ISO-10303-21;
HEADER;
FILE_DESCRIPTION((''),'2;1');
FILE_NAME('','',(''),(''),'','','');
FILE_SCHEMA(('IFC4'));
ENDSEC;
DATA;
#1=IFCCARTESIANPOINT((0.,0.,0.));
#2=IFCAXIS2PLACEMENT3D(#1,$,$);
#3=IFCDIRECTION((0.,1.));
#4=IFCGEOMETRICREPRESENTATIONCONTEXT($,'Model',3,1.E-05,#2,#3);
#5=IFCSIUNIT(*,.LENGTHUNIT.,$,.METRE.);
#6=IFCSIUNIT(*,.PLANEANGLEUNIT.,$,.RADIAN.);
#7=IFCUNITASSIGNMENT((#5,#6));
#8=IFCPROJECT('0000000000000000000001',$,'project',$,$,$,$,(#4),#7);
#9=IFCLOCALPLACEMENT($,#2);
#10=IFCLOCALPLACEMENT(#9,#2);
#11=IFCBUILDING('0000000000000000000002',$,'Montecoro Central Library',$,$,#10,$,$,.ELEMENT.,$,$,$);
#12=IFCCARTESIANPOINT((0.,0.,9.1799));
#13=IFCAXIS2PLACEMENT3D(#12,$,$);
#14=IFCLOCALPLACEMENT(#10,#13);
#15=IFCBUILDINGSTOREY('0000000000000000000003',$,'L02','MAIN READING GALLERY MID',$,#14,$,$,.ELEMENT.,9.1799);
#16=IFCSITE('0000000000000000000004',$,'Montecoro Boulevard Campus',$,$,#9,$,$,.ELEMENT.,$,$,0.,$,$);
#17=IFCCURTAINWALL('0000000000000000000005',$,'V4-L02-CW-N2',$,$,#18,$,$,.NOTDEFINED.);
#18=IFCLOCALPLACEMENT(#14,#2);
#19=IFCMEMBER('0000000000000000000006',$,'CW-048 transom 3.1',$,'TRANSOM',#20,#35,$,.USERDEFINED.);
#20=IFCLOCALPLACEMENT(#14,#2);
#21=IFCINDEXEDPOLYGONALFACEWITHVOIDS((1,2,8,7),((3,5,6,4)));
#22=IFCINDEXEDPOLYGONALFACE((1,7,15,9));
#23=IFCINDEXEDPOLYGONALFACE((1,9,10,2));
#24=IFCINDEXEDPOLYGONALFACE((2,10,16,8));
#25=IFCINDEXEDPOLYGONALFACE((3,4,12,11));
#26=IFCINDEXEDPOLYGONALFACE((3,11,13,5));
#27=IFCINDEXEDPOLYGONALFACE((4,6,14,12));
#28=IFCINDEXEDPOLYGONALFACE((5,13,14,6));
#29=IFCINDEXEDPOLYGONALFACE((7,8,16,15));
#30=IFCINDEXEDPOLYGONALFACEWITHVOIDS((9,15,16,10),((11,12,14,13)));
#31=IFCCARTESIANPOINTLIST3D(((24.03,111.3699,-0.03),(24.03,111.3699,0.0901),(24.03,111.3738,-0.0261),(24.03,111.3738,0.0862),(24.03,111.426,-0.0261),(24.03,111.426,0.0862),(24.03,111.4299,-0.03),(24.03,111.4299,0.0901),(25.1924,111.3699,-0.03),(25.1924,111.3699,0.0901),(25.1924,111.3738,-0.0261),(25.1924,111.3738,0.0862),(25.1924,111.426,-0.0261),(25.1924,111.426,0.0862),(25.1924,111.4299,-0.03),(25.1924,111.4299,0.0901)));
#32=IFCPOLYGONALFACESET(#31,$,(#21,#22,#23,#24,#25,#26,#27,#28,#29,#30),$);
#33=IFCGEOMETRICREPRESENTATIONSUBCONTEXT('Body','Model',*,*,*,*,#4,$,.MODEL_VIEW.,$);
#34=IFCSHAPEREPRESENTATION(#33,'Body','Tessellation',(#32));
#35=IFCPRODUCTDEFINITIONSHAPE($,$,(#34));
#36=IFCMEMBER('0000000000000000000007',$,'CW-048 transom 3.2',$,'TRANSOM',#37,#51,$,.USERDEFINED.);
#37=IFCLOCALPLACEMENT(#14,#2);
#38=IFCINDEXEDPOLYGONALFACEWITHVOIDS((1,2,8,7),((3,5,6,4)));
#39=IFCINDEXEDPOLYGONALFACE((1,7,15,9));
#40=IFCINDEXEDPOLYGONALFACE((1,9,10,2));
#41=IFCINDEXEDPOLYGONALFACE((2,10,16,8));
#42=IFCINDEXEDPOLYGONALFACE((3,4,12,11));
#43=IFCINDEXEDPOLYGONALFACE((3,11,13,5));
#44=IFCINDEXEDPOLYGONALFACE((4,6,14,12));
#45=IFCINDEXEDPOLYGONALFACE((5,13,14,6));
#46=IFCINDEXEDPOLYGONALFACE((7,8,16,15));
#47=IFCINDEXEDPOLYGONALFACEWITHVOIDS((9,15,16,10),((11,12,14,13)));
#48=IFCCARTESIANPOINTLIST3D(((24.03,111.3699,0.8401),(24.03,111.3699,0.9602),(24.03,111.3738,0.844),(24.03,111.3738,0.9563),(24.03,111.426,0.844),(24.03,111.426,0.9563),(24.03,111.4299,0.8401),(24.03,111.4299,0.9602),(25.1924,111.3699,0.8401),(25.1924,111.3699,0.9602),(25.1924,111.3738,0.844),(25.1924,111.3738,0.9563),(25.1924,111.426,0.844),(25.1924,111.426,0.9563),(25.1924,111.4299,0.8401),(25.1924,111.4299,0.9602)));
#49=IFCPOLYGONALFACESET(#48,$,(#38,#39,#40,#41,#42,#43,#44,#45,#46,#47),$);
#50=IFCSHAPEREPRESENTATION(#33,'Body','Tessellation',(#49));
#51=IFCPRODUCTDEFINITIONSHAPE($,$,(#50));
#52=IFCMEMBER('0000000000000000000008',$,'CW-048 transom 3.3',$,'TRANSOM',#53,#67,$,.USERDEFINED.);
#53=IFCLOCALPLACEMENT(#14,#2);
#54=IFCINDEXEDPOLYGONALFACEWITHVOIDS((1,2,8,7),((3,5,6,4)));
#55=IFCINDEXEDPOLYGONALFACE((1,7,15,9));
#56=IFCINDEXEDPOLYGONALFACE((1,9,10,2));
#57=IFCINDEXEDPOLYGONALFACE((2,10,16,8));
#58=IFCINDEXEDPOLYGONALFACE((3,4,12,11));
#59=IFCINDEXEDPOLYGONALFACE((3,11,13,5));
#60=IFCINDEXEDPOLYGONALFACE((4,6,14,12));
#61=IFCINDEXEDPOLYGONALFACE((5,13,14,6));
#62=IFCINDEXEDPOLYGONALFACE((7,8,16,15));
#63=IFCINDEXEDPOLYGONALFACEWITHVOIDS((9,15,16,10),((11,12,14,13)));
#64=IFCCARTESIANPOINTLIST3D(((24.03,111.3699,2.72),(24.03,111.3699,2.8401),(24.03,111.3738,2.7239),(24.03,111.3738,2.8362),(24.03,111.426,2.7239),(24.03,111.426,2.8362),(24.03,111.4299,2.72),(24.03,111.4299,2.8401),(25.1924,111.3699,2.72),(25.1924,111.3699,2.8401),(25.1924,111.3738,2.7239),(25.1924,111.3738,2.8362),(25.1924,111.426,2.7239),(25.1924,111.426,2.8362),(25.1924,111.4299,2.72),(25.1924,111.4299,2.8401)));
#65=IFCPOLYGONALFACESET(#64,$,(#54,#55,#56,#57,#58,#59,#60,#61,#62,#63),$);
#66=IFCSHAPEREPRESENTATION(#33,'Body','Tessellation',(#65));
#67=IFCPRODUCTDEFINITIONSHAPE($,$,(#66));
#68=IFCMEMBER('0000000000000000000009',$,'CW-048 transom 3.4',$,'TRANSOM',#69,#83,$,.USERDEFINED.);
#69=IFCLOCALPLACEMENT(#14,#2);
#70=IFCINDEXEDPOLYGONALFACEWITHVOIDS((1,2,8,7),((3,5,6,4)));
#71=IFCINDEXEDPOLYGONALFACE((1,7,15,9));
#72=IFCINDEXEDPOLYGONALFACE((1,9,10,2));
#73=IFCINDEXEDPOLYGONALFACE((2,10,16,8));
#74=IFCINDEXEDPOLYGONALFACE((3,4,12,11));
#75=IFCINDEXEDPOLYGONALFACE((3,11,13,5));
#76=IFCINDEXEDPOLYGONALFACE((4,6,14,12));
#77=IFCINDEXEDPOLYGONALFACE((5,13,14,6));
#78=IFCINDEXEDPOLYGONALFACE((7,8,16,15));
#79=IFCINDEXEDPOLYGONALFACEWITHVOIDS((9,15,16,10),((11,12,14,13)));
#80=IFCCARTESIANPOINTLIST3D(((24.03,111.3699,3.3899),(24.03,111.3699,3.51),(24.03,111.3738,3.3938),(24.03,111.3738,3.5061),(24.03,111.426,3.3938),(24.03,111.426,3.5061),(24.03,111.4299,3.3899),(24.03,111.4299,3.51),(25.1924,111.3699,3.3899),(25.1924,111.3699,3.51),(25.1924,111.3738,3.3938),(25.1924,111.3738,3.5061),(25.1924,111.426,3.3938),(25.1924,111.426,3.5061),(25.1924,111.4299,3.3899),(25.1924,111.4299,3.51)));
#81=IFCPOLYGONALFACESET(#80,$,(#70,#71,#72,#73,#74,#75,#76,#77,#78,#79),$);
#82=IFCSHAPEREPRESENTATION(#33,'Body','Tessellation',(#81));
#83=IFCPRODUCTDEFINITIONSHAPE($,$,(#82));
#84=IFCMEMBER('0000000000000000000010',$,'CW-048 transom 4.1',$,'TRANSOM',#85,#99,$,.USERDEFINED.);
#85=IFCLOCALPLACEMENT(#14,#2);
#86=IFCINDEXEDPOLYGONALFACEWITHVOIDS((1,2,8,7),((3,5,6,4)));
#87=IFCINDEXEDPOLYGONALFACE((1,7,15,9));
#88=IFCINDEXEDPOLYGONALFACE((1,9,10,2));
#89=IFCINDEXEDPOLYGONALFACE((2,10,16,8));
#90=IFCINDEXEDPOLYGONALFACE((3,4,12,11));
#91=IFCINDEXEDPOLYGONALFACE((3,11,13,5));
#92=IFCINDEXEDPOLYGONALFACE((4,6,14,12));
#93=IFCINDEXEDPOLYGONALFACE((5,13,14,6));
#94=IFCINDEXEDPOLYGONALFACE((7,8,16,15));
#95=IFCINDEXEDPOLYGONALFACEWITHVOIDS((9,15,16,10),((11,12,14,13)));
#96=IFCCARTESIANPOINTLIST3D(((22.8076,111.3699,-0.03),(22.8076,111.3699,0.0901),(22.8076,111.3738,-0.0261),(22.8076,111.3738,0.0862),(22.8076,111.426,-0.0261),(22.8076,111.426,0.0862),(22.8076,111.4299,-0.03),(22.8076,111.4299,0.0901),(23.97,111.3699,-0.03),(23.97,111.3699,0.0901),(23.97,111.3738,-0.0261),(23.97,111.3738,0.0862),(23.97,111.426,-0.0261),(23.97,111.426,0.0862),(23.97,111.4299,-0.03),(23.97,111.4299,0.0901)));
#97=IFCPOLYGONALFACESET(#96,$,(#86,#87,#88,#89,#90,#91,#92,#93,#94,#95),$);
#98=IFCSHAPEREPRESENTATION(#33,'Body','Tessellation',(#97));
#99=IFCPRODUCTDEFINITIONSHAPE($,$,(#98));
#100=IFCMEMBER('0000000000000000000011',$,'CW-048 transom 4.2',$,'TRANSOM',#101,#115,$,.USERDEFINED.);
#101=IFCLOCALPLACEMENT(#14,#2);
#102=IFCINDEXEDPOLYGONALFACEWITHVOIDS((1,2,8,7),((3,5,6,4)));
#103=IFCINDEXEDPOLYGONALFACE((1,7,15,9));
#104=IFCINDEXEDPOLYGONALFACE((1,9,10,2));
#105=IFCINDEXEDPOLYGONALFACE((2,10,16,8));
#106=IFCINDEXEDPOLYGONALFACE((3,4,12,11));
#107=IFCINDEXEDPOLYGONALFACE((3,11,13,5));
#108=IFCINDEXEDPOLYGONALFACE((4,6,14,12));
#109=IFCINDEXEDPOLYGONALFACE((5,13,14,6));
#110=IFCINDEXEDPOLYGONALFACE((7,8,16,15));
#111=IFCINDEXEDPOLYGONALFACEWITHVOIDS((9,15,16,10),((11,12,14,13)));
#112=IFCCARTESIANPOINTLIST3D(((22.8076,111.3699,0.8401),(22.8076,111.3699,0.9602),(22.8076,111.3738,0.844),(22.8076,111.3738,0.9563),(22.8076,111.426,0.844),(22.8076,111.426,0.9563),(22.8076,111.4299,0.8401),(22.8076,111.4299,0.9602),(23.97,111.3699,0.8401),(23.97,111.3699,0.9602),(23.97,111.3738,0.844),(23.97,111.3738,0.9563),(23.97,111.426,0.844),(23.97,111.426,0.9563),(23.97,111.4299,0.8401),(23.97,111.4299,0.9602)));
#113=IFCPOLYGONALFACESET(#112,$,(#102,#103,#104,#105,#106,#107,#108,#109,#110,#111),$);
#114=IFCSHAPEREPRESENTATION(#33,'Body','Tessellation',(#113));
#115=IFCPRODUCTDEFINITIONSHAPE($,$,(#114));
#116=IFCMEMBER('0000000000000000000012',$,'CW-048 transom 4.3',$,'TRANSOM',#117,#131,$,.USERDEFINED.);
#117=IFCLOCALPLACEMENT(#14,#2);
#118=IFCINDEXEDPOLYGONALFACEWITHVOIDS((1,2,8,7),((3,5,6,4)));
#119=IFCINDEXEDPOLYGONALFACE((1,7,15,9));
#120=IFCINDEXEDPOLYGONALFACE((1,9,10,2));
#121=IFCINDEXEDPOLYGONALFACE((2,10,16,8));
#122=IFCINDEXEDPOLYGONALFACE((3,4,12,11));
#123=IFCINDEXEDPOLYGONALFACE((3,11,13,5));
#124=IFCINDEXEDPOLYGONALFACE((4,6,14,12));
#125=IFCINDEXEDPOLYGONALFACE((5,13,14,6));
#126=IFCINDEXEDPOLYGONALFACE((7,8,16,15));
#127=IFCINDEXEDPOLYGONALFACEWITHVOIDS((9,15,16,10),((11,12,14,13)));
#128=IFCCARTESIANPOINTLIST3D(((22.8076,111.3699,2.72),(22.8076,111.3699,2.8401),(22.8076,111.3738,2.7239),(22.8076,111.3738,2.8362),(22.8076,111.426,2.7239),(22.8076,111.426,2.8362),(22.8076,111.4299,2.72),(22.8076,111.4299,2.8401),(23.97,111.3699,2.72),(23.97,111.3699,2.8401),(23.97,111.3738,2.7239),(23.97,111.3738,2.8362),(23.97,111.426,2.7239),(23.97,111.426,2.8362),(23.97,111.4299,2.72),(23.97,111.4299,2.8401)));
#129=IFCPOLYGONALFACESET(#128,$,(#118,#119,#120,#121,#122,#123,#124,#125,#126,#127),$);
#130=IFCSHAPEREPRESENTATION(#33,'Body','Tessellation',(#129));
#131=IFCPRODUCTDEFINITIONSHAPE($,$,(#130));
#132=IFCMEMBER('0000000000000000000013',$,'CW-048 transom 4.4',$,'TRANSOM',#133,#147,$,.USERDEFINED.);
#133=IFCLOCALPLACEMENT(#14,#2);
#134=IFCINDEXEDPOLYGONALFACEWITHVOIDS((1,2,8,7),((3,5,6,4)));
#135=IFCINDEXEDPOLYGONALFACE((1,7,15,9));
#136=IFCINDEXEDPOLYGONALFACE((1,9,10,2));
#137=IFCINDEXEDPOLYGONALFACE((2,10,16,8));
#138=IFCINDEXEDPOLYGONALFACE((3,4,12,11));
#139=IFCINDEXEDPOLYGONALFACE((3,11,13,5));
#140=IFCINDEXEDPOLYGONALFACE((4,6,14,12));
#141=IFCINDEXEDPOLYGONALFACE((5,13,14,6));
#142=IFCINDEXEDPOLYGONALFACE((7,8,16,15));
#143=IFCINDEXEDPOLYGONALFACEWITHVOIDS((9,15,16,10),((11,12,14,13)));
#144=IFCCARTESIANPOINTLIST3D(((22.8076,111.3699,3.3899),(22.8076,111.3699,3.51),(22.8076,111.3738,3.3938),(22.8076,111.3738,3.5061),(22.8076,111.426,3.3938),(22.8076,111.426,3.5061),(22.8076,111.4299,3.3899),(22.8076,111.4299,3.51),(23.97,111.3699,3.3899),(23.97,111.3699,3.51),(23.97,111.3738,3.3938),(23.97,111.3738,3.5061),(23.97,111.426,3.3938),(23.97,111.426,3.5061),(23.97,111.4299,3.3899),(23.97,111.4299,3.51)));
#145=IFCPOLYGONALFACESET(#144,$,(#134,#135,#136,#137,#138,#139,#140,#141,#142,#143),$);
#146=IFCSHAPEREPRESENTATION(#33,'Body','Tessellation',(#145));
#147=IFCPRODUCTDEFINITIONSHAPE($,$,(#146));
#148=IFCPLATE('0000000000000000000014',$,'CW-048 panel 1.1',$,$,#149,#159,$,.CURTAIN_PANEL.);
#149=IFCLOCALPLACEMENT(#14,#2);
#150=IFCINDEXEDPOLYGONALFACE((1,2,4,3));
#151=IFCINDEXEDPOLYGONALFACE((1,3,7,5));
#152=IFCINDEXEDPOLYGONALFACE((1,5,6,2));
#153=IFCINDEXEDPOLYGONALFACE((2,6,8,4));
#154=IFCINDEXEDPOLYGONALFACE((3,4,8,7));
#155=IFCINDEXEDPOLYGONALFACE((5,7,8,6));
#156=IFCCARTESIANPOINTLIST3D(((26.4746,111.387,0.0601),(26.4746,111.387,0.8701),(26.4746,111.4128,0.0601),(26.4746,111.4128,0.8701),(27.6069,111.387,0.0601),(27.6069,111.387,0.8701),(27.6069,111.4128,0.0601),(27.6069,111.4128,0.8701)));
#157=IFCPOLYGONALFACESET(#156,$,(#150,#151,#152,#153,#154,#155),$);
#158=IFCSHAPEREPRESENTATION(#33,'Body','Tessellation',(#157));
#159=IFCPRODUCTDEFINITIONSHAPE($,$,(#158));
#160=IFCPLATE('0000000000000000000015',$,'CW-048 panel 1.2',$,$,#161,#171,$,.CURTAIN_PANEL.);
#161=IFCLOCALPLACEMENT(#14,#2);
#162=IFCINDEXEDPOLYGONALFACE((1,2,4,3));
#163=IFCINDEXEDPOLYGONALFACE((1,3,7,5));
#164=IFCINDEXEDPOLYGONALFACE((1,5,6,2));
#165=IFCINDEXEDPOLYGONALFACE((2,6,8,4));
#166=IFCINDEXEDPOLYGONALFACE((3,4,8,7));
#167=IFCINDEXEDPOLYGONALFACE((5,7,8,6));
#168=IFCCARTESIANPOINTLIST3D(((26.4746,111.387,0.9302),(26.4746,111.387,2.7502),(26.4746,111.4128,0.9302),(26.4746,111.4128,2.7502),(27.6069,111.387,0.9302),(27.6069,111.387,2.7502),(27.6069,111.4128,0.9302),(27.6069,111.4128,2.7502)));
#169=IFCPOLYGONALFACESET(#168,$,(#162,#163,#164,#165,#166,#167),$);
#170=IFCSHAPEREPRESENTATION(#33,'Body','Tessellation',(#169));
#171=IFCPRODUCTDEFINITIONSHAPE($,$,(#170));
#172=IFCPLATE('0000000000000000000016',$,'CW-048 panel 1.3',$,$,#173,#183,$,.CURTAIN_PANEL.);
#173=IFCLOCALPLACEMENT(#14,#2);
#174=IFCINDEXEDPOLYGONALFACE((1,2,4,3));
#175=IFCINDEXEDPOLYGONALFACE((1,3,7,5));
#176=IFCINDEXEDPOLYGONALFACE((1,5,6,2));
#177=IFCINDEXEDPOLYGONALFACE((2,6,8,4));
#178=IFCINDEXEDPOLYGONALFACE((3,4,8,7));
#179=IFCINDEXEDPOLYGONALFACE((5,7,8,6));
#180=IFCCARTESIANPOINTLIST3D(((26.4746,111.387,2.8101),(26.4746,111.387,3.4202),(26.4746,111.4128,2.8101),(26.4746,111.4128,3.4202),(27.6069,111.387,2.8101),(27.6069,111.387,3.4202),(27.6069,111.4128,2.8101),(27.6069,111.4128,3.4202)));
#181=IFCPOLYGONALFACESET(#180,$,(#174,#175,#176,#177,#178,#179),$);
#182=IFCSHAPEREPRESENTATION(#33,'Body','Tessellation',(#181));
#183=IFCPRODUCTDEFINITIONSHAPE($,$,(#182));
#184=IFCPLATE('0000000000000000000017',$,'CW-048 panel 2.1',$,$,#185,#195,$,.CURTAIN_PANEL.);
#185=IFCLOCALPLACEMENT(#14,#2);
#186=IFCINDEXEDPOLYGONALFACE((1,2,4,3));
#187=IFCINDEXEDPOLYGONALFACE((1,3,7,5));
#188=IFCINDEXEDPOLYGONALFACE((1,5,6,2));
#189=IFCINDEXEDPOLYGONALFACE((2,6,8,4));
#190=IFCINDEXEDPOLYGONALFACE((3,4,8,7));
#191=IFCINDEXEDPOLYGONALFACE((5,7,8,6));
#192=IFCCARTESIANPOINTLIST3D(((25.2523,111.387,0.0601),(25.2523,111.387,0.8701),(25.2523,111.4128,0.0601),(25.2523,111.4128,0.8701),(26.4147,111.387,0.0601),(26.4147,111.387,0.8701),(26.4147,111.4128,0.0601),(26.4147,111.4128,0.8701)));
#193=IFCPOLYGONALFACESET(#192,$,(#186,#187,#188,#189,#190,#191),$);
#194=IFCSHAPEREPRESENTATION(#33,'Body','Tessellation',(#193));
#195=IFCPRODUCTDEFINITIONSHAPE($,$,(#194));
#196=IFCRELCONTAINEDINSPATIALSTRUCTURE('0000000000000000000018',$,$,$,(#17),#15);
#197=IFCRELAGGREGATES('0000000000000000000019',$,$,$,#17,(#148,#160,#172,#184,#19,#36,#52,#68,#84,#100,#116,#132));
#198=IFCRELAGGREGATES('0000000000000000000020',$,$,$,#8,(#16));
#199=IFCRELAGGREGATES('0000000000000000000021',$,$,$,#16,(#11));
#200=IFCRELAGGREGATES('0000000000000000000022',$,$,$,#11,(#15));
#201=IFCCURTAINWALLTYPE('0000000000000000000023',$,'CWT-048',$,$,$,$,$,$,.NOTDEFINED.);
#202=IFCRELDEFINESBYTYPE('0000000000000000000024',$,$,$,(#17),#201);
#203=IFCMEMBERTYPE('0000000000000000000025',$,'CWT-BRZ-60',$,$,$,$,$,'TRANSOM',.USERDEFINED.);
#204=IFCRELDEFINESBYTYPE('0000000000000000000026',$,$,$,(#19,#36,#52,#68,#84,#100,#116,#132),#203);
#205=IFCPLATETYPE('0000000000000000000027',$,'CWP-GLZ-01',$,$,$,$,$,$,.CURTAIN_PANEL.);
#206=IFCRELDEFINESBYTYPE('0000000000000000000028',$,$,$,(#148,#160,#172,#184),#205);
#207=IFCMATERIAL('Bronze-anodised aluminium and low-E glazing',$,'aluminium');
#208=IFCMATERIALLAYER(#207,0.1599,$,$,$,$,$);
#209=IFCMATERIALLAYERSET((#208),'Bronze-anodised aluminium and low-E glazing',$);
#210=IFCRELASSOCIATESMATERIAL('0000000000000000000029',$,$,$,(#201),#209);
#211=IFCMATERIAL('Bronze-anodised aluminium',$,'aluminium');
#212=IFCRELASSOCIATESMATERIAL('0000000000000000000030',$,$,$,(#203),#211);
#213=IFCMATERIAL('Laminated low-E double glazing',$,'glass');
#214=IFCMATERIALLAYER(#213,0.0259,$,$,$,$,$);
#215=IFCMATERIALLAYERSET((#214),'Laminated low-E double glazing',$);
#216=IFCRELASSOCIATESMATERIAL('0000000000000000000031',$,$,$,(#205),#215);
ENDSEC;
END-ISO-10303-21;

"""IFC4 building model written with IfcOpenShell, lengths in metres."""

from ifc_helpers import new_model, si_unit, direction, frame, origin, origin_2d, place, context, subcontext, project, spatial, rectangle, hollow_rectangle, extrude, material, layer, layer_set, material_profile, profile_set, type_object, element, aggregate, save


model = new_model("IFC4")

# Units and contexts
model_context = context("Model", 3, precision=1e-05, world=origin(), true_north=direction((0.0, 1.0)))
body_context = subcontext(model_context, "Body", "Model", "MODEL_VIEW")
ifc_project = project(units=[si_unit("LENGTHUNIT", "METRE"), si_unit("PLANEANGLEUNIT", "RADIAN")], contexts=[model_context])

# Site, building, storey
site_placement = place(None, origin())
site = spatial("IfcSite", under=ifc_project, at=site_placement, Name="Montecoro Boulevard Campus", CompositionType="ELEMENT", RefElevation=0.0)
building_placement = place(site_placement, origin())
building = spatial("IfcBuilding", under=site, at=building_placement, Name="Montecoro Central Library", CompositionType="ELEMENT")
storey_placement = place(building_placement, frame((0.0, 0.0, 9.1799)))
storey = spatial("IfcBuildingStorey", under=building, at=storey_placement, Name="L02", Description="MAIN READING GALLERY MID", CompositionType="ELEMENT", Elevation=9.1799)

# Curtain wall, members, plates
ifc_material_1 = material(Name="Bronze-anodised aluminium and low-E glazing", Category="aluminium")
ifc_layer_1 = layer(ifc_material_1, 0.1599)
ifc_layer_set_1 = layer_set([ifc_layer_1], Name="Bronze-anodised aluminium and low-E glazing")
curtain_wall_type = type_object("IfcCurtainWallType", Name="CWT-048", PredefinedType="NOTDEFINED", material=ifc_layer_set_1)
curtain_wall_placement = place(storey_placement, origin())
curtain_wall = element("IfcCurtainWall", 1, at=curtain_wall_placement, inside=storey, type_object=curtain_wall_type, Name="V4-L02-CW-N2", PredefinedType="NOTDEFINED")
ifc_material_2 = material(Name="Bronze-anodised aluminium", Category="aluminium")
ifc_material_profile_1 = material_profile(ifc_material_2, hollow_rectangle(XDim=0.0601, YDim=0.1201, WallThickness=0.0039, at=origin_2d()), Name="CWT 120x60x4.0")
ifc_profile_set_1 = profile_set([ifc_material_profile_1], Name="Bronze-anodised aluminium")
member_type_1 = type_object("IfcMemberType", Name="CWT-BRZ-60", ElementType="TRANSOM", PredefinedType="USERDEFINED", material=ifc_profile_set_1)
member_1_placement = place(storey_placement, frame((25.1924, 111.3999, 0.03), z_axis=(-1.0, 0.0, 0.0), x_axis=(0.0, -1.0, 0.0)))
member_1 = element("IfcMember", 2, at=member_1_placement, type_object=member_type_1, Name="CW-048 transom 3.1", ObjectType="TRANSOM", PredefinedType="USERDEFINED", context=body_context, shape_type="SweptSolid", body=[
    extrude(hollow_rectangle(XDim=0.0601, YDim=0.1201, WallThickness=0.0039, at=origin_2d()), origin(), (0.0, 0.0, 1.0), 1.1624),
])
member_2_placement = place(storey_placement, frame((25.1924, 111.3999, 0.9001), z_axis=(-1.0, 0.0, 0.0), x_axis=(0.0, -1.0, 0.0)))
member_2 = element("IfcMember", 3, at=member_2_placement, type_object=member_type_1, Name="CW-048 transom 3.2", ObjectType="TRANSOM", PredefinedType="USERDEFINED", context=body_context, shape_type="SweptSolid", body=[
    extrude(hollow_rectangle(XDim=0.0601, YDim=0.1201, WallThickness=0.0039, at=origin_2d()), origin(), (0.0, 0.0, 1.0), 1.1624),
])
member_3_placement = place(storey_placement, frame((25.1924, 111.3999, 2.78), z_axis=(-1.0, 0.0, 0.0), x_axis=(0.0, -1.0, 0.0)))
member_3 = element("IfcMember", 4, at=member_3_placement, type_object=member_type_1, Name="CW-048 transom 3.3", ObjectType="TRANSOM", PredefinedType="USERDEFINED", context=body_context, shape_type="SweptSolid", body=[
    extrude(hollow_rectangle(XDim=0.0601, YDim=0.1201, WallThickness=0.0039, at=origin_2d()), origin(), (0.0, 0.0, 1.0), 1.1624),
])
member_4_placement = place(storey_placement, frame((25.1924, 111.3999, 3.45), z_axis=(-1.0, 0.0, 0.0), x_axis=(0.0, -1.0, 0.0)))
member_4 = element("IfcMember", 5, at=member_4_placement, type_object=member_type_1, Name="CW-048 transom 3.4", ObjectType="TRANSOM", PredefinedType="USERDEFINED", context=body_context, shape_type="SweptSolid", body=[
    extrude(hollow_rectangle(XDim=0.0601, YDim=0.1201, WallThickness=0.0039, at=origin_2d()), origin(), (0.0, 0.0, 1.0), 1.1624),
])
member_5_placement = place(storey_placement, frame((23.97, 111.3999, 0.03), z_axis=(-1.0, 0.0, 0.0), x_axis=(0.0, -1.0, 0.0)))
member_5 = element("IfcMember", 6, at=member_5_placement, type_object=member_type_1, Name="CW-048 transom 4.1", ObjectType="TRANSOM", PredefinedType="USERDEFINED", context=body_context, shape_type="SweptSolid", body=[
    extrude(hollow_rectangle(XDim=0.0601, YDim=0.1201, WallThickness=0.0039, at=origin_2d()), origin(), (0.0, 0.0, 1.0), 1.1624),
])
member_6_placement = place(storey_placement, frame((23.97, 111.3999, 0.9001), z_axis=(-1.0, 0.0, 0.0), x_axis=(0.0, -1.0, 0.0)))
member_6 = element("IfcMember", 7, at=member_6_placement, type_object=member_type_1, Name="CW-048 transom 4.2", ObjectType="TRANSOM", PredefinedType="USERDEFINED", context=body_context, shape_type="SweptSolid", body=[
    extrude(hollow_rectangle(XDim=0.0601, YDim=0.1201, WallThickness=0.0039, at=origin_2d()), origin(), (0.0, 0.0, 1.0), 1.1624),
])
member_7_placement = place(storey_placement, frame((23.97, 111.3999, 2.78), z_axis=(-1.0, 0.0, 0.0), x_axis=(0.0, -1.0, 0.0)))
member_7 = element("IfcMember", 8, at=member_7_placement, type_object=member_type_1, Name="CW-048 transom 4.3", ObjectType="TRANSOM", PredefinedType="USERDEFINED", context=body_context, shape_type="SweptSolid", body=[
    extrude(hollow_rectangle(XDim=0.0601, YDim=0.1201, WallThickness=0.0039, at=origin_2d()), origin(), (0.0, 0.0, 1.0), 1.1624),
])
member_8_placement = place(storey_placement, frame((23.97, 111.3999, 3.45), z_axis=(-1.0, 0.0, 0.0), x_axis=(0.0, -1.0, 0.0)))
member_8 = element("IfcMember", 9, at=member_8_placement, type_object=member_type_1, Name="CW-048 transom 4.4", ObjectType="TRANSOM", PredefinedType="USERDEFINED", context=body_context, shape_type="SweptSolid", body=[
    extrude(hollow_rectangle(XDim=0.0601, YDim=0.1201, WallThickness=0.0039, at=origin_2d()), origin(), (0.0, 0.0, 1.0), 1.1624),
])
ifc_material_3 = material(Name="Laminated low-E double glazing", Category="glass")
ifc_layer_2 = layer(ifc_material_3, 0.0259)
ifc_layer_set_2 = layer_set([ifc_layer_2], Name="Laminated low-E double glazing")
plate_type = type_object("IfcPlateType", Name="CWP-GLZ-01", PredefinedType="CURTAIN_PANEL", material=ifc_layer_set_2)
plate_1_placement = place(storey_placement, frame((27.0408, 111.3999, 0.0601), z_axis=(0.0, 0.0, 1.0), x_axis=(-1.0, 0.0, 0.0)))
plate_1 = element("IfcPlate", 10, at=plate_1_placement, type_object=plate_type, Name="CW-048 panel 1.1", PredefinedType="CURTAIN_PANEL", context=body_context, shape_type="SweptSolid", body=[
    extrude(rectangle(XDim=1.1323, YDim=0.0259, at=origin_2d()), origin(), (0.0, 0.0, 1.0), 0.8101),
])
plate_2_placement = place(storey_placement, frame((27.0408, 111.3999, 0.9302), z_axis=(0.0, 0.0, 1.0), x_axis=(-1.0, 0.0, 0.0)))
plate_2 = element("IfcPlate", 11, at=plate_2_placement, type_object=plate_type, Name="CW-048 panel 1.2", PredefinedType="CURTAIN_PANEL", context=body_context, shape_type="SweptSolid", body=[
    extrude(rectangle(XDim=1.1323, YDim=0.0259, at=origin_2d()), origin(), (0.0, 0.0, 1.0), 1.8201),
])
plate_3_placement = place(storey_placement, frame((27.0408, 111.3999, 2.8101), z_axis=(0.0, 0.0, 1.0), x_axis=(-1.0, 0.0, 0.0)))
plate_3 = element("IfcPlate", 12, at=plate_3_placement, type_object=plate_type, Name="CW-048 panel 1.3", PredefinedType="CURTAIN_PANEL", context=body_context, shape_type="SweptSolid", body=[
    extrude(rectangle(XDim=1.1323, YDim=0.0259, at=origin_2d()), origin(), (0.0, 0.0, 1.0), 0.6101),
])
plate_4_placement = place(storey_placement, frame((25.8335, 111.3999, 0.0601), z_axis=(0.0, 0.0, 1.0), x_axis=(-1.0, 0.0, 0.0)))
plate_4 = element("IfcPlate", 13, at=plate_4_placement, type_object=plate_type, Name="CW-048 panel 2.1", PredefinedType="CURTAIN_PANEL", context=body_context, shape_type="SweptSolid", body=[
    extrude(rectangle(XDim=1.1624, YDim=0.0259, at=origin_2d()), origin(), (0.0, 0.0, 1.0), 0.8101),
])
aggregate(curtain_wall, [plate_1, plate_2, plate_3, plate_4, member_1, member_2, member_3, member_4, member_5, member_6, member_7, member_8])

save(model, "model.ifc")
